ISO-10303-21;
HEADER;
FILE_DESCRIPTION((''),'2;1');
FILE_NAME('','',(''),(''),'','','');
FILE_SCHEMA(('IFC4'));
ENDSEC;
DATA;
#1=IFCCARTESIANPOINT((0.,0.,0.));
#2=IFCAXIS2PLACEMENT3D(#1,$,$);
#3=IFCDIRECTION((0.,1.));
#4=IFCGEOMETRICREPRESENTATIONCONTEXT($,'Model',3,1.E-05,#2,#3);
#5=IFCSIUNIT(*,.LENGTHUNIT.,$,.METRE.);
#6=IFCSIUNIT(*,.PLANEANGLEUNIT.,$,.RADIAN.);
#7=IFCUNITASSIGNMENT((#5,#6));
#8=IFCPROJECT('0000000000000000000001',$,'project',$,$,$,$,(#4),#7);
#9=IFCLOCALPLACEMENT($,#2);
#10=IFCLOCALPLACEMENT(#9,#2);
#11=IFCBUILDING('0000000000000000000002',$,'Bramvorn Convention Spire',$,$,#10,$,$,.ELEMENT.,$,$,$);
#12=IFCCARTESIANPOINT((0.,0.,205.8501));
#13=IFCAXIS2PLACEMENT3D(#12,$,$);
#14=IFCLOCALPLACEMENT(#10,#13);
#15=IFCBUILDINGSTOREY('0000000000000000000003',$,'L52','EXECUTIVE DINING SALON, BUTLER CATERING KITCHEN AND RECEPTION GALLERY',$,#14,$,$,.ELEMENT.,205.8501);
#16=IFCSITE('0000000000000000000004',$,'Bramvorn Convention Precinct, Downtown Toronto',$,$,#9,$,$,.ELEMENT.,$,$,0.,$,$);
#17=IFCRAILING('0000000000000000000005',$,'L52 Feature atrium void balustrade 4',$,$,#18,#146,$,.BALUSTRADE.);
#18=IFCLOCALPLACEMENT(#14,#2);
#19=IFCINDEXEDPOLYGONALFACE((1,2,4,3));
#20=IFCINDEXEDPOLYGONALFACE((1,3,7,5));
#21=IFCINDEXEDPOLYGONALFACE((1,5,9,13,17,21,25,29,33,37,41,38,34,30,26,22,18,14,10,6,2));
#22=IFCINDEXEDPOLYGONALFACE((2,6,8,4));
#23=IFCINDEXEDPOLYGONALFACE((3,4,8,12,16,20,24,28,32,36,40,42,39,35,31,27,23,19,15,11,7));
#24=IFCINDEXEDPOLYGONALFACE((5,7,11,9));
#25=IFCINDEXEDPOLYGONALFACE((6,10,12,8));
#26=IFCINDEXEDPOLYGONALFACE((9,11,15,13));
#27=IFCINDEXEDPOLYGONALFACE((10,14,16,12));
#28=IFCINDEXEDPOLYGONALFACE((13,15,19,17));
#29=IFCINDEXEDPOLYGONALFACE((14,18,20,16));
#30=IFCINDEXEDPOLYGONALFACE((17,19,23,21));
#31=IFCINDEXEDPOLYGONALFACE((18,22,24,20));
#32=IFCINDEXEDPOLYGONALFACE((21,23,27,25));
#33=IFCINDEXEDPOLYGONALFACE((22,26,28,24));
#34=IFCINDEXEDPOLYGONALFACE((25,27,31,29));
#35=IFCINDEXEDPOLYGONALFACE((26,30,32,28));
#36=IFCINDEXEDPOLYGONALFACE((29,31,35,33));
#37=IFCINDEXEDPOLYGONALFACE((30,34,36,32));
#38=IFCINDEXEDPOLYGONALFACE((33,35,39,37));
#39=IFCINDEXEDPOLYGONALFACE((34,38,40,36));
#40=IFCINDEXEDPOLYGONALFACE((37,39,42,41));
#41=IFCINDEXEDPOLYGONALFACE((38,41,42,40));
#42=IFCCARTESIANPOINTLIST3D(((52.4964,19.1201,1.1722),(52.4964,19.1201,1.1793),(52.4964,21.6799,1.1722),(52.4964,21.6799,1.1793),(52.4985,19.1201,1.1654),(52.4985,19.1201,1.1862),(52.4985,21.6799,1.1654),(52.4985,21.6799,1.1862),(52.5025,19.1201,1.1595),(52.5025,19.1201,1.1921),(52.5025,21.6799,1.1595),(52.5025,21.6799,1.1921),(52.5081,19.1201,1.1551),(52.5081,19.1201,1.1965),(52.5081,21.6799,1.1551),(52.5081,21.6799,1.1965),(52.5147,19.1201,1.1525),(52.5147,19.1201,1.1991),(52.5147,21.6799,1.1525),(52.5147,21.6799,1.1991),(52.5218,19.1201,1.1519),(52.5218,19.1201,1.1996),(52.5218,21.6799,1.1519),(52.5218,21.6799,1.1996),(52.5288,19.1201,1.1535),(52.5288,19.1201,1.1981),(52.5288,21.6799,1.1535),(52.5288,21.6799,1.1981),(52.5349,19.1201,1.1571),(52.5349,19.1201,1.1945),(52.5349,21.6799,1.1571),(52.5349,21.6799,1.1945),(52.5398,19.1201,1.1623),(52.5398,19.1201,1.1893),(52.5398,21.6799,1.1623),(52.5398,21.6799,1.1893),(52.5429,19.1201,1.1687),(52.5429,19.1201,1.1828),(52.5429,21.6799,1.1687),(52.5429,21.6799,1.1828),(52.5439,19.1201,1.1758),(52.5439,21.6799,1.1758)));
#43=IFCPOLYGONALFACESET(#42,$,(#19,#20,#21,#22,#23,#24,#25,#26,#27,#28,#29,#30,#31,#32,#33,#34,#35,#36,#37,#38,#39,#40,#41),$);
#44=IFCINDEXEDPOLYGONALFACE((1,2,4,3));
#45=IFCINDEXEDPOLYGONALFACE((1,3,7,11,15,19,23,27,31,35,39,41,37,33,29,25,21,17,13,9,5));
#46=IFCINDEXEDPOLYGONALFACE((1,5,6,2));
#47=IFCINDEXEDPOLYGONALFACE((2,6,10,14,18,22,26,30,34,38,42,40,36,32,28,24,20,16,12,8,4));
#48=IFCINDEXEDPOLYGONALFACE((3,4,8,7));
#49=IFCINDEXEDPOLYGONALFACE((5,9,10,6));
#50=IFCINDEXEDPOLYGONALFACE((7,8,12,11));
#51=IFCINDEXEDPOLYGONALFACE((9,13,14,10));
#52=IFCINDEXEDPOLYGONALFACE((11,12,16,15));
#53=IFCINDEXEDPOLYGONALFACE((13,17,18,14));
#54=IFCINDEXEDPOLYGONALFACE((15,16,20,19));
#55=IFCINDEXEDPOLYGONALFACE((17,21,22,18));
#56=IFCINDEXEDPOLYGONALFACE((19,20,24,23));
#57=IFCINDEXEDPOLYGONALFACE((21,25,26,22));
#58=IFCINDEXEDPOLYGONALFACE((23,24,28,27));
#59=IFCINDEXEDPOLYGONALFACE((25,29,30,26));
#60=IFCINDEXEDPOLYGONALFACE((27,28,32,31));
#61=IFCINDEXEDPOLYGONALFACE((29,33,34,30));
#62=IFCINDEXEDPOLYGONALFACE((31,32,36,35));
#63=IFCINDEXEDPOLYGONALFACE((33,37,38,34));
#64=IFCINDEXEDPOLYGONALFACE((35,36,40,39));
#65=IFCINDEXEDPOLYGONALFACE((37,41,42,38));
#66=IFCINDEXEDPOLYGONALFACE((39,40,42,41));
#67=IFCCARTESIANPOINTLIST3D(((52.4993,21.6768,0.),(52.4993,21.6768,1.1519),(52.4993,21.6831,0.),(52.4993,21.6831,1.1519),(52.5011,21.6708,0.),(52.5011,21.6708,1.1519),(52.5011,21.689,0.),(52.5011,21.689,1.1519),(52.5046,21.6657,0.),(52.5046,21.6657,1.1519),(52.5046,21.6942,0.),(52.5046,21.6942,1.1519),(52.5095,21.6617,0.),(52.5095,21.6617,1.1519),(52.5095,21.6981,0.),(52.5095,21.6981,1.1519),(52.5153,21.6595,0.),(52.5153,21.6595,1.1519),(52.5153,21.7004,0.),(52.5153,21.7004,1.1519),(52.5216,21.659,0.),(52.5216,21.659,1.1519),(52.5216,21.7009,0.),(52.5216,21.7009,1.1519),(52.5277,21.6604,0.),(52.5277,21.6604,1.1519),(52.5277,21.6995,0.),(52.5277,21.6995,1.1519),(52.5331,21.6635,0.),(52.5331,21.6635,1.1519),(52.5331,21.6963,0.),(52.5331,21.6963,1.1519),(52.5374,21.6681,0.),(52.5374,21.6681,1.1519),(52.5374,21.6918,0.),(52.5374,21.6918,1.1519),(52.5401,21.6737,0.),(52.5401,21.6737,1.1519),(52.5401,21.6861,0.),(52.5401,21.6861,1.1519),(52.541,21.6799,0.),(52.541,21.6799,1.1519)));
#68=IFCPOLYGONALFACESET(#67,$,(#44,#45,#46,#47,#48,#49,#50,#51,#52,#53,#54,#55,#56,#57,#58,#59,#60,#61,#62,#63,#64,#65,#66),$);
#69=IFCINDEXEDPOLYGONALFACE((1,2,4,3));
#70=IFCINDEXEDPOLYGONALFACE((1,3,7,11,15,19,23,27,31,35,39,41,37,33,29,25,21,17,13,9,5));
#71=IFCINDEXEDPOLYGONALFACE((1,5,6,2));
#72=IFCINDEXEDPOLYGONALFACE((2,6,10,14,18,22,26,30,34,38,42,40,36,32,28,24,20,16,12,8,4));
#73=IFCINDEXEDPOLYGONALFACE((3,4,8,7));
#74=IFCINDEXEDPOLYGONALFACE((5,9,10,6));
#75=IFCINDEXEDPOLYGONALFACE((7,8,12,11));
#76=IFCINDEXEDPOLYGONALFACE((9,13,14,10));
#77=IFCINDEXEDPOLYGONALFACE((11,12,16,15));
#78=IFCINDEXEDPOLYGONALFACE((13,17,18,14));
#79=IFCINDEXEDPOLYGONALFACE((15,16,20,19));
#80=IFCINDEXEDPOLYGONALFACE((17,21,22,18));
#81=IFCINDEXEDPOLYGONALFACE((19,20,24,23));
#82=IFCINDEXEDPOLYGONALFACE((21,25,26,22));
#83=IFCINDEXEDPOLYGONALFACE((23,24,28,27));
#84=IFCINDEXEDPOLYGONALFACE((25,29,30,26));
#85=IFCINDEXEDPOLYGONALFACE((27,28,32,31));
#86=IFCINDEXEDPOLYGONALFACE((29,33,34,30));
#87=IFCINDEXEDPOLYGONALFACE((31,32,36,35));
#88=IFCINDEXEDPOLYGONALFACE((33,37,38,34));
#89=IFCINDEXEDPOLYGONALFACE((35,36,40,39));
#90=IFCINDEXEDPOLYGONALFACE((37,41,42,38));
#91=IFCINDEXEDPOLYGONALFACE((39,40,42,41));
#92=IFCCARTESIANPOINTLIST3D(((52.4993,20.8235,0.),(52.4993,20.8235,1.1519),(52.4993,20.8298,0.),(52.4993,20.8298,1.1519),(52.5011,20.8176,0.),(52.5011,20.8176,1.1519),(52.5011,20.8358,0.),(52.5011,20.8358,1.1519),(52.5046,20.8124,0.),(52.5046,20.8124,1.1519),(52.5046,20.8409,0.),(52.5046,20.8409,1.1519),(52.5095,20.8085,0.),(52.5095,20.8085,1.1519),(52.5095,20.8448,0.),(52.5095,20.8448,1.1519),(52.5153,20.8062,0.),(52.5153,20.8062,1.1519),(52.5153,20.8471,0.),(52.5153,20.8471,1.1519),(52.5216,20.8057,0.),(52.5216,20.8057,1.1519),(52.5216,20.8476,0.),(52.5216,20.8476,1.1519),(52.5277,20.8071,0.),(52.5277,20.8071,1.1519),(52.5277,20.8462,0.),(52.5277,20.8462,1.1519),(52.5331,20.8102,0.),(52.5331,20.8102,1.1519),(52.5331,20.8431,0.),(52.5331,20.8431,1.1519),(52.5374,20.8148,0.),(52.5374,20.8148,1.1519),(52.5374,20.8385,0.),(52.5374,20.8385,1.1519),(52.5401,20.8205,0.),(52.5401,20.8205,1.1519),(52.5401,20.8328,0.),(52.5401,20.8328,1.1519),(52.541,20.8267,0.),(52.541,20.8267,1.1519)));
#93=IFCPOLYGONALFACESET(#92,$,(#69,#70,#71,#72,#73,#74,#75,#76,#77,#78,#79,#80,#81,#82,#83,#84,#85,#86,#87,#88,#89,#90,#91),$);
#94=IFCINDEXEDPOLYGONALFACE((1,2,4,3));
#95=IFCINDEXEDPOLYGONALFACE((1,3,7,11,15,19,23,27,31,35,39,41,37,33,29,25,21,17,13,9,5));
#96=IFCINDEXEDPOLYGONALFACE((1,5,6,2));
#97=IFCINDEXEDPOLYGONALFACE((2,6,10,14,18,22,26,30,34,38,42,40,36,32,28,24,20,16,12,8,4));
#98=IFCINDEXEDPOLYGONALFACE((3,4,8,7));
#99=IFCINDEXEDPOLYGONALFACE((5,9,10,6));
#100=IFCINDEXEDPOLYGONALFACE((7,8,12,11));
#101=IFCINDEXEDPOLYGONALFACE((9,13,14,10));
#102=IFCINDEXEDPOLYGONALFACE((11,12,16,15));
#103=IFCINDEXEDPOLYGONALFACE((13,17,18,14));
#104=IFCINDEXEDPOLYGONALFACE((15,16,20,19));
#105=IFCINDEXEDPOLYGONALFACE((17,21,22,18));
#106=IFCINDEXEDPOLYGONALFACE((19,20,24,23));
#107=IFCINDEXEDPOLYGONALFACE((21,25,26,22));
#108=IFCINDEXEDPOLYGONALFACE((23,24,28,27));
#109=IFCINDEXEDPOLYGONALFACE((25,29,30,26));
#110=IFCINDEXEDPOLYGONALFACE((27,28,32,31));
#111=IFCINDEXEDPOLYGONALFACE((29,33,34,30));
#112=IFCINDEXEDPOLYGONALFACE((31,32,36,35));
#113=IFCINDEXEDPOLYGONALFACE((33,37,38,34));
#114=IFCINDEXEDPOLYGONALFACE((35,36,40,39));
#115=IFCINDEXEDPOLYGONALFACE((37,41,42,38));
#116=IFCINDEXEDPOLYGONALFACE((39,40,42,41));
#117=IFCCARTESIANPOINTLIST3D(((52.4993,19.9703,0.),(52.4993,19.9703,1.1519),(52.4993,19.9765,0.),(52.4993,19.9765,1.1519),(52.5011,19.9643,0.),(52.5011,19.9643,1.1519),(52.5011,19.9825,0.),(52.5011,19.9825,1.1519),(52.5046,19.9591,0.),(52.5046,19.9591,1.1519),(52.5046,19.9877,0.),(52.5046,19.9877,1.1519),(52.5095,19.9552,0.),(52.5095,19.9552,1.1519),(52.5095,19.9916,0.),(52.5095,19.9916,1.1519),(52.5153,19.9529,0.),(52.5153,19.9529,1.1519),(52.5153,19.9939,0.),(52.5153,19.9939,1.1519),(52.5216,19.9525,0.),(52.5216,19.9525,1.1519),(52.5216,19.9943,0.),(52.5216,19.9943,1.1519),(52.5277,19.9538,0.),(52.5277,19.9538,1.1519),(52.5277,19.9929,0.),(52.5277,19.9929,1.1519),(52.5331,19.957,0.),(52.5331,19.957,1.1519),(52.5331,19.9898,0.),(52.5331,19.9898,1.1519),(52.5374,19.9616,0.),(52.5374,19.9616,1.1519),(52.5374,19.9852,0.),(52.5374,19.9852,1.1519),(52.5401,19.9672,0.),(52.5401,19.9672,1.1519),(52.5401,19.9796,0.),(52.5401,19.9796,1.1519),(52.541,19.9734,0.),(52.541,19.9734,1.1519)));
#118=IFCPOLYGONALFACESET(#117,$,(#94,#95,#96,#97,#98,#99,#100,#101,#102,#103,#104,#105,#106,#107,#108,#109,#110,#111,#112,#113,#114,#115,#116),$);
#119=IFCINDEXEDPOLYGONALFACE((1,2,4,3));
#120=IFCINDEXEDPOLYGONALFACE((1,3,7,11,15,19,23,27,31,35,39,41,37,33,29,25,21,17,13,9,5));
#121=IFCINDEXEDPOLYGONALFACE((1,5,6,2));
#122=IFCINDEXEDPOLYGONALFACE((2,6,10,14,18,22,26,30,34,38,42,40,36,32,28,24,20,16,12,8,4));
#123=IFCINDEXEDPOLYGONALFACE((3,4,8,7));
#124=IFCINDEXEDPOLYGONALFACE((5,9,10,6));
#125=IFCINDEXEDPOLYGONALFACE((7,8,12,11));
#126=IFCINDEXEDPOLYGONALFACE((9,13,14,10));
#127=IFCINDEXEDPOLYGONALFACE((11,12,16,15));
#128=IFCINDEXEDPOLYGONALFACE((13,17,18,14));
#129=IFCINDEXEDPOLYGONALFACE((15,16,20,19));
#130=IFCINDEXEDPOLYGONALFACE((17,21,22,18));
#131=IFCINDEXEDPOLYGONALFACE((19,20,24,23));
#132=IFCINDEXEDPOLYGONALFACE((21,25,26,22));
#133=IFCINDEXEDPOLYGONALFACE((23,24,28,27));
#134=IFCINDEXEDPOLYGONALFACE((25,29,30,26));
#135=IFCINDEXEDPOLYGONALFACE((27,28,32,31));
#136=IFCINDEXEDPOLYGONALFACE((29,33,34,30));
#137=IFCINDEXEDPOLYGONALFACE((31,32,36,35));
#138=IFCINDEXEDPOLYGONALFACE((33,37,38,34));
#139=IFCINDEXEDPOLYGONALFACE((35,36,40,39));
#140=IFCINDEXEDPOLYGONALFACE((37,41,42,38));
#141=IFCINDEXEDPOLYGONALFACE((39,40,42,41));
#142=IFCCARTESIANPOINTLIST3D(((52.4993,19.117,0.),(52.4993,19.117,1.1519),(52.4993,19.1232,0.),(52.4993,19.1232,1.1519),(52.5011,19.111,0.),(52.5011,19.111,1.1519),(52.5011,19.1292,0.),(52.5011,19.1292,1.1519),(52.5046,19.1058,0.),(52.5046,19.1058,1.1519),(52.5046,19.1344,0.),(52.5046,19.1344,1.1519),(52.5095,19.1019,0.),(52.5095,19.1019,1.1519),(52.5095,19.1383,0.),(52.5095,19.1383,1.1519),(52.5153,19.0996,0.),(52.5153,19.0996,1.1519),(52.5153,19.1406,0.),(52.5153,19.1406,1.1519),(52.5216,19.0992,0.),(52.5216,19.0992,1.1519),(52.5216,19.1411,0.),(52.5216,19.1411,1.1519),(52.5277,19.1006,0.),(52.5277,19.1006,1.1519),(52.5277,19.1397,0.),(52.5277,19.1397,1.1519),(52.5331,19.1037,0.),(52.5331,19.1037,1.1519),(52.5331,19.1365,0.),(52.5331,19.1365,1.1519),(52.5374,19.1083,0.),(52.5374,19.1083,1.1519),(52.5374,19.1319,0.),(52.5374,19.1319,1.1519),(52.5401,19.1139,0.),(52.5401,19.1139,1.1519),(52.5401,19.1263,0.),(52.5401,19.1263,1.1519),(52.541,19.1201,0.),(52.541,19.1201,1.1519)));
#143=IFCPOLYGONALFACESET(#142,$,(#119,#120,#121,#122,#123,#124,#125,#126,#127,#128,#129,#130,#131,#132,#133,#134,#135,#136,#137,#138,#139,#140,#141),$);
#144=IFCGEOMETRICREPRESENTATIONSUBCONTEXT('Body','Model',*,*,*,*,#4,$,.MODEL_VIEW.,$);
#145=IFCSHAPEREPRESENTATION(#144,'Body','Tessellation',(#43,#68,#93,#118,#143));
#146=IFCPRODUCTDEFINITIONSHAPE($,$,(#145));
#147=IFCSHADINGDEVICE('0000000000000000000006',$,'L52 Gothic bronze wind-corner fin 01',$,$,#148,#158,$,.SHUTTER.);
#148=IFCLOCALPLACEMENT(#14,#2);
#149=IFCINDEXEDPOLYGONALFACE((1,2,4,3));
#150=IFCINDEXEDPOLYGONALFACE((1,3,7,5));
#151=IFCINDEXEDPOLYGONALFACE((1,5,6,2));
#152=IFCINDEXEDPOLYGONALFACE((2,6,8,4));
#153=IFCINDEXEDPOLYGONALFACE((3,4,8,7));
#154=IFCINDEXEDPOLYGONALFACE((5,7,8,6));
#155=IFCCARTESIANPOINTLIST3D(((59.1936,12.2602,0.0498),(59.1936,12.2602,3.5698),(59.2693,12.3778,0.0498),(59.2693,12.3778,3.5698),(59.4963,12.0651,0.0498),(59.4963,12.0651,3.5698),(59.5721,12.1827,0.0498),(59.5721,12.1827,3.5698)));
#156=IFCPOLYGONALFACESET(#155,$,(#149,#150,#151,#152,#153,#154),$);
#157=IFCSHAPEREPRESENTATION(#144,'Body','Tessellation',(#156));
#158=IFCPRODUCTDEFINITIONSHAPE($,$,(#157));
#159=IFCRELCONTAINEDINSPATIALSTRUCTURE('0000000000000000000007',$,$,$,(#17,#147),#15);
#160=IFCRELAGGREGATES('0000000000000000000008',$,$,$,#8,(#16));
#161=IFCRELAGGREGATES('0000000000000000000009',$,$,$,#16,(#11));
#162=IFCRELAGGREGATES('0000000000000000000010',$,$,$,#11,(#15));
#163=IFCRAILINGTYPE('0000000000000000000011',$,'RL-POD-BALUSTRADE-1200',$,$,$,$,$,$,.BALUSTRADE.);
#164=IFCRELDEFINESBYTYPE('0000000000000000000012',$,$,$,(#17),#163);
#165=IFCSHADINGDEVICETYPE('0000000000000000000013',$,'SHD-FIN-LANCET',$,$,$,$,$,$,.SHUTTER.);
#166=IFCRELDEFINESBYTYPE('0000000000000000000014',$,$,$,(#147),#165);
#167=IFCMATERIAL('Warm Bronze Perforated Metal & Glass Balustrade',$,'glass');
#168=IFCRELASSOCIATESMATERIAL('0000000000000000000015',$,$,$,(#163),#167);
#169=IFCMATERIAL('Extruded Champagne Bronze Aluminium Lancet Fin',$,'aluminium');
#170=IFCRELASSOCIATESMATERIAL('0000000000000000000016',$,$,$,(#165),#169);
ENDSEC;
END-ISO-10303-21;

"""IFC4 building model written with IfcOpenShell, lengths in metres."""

from ifc_helpers import new_model, si_unit, direction, frame, origin, origin_2d, place, context, subcontext, project, spatial, rectangle, circle, extrude, material, type_object, element, save


model = new_model("IFC4")

# Units and contexts
model_context = context("Model", 3, precision=1e-05, world=origin(), true_north=direction((0.0, 1.0)))
body_context = subcontext(model_context, "Body", "Model", "MODEL_VIEW")
ifc_project = project(units=[si_unit("LENGTHUNIT", "METRE"), si_unit("PLANEANGLEUNIT", "RADIAN")], contexts=[model_context])

# Site, building, storey
site_placement = place(None, origin())
site = spatial("IfcSite", under=ifc_project, at=site_placement, Name="Bramvorn Convention Precinct, Downtown Toronto", CompositionType="ELEMENT", RefElevation=0.0)
building_placement = place(site_placement, origin())
building = spatial("IfcBuilding", under=site, at=building_placement, Name="Bramvorn Convention Spire", CompositionType="ELEMENT")
storey_placement = place(building_placement, frame((0.0, 0.0, 205.8501)))
storey = spatial("IfcBuildingStorey", under=building, at=storey_placement, Name="L52", Description="EXECUTIVE DINING SALON, BUTLER CATERING KITCHEN AND RECEPTION GALLERY", CompositionType="ELEMENT", Elevation=205.8501)

# Railing
ifc_material_1 = material(Name="Warm Bronze Perforated Metal & Glass Balustrade", Category="glass")
railing_type = type_object("IfcRailingType", Name="RL-POD-BALUSTRADE-1200", PredefinedType="BALUSTRADE", material=ifc_material_1)
railing_1_placement = place(storey_placement, frame((52.52, 21.6799, 0.0)))
element("IfcRailing", 1, at=railing_1_placement, inside=storey, type_object=railing_type, Name="L52 Feature atrium void balustrade 4", PredefinedType="BALUSTRADE", context=body_context, shape_type="SweptSolid", body=[
    extrude(circle(Radius=0.0239, at=origin_2d()), frame((0.0, 0.0, 1.1758), z_axis=(0.0, -1.0, 0.0), x_axis=(1.0, 0.0, 0.0)), (0.0, 0.0, 1.0), 2.5598),
    extrude(circle(Radius=0.021, at=origin_2d()), origin(), (0.0, 0.0, 1.0), 1.1519),
    extrude(circle(Radius=0.021, at=origin_2d()), frame((0.0, -0.8533, 0.0)), (0.0, 0.0, 1.0), 1.1519),
    extrude(circle(Radius=0.021, at=origin_2d()), frame((0.0, -1.7065, 0.0)), (0.0, 0.0, 1.0), 1.1519),
    extrude(circle(Radius=0.021, at=origin_2d()), frame((0.0, -2.5598, 0.0)), (0.0, 0.0, 1.0), 1.1519),
])

# Shading device
ifc_material_2 = material(Name="Extruded Champagne Bronze Aluminium Lancet Fin", Category="aluminium")
shading_device_type = type_object("IfcShadingDeviceType", Name="SHD-FIN-LANCET", PredefinedType="SHUTTER", material=ifc_material_2)
shading_device_placement = place(storey_placement, frame((59.3828, 12.2214, 0.0498), z_axis=(0.0, 0.0, 1.0), x_axis=(0.840597, -0.54166, 0.0)))
element("IfcShadingDevice", 2, at=shading_device_placement, inside=storey, type_object=shading_device_type, Name="L52 Gothic bronze wind-corner fin 01", PredefinedType="SHUTTER", context=body_context, shape_type="SweptSolid", body=[
    extrude(rectangle(XDim=0.3601, YDim=0.1399, at=origin_2d()), origin(), (0.0, 0.0, 1.0), 3.52),
])

save(model, "model.ifc")
